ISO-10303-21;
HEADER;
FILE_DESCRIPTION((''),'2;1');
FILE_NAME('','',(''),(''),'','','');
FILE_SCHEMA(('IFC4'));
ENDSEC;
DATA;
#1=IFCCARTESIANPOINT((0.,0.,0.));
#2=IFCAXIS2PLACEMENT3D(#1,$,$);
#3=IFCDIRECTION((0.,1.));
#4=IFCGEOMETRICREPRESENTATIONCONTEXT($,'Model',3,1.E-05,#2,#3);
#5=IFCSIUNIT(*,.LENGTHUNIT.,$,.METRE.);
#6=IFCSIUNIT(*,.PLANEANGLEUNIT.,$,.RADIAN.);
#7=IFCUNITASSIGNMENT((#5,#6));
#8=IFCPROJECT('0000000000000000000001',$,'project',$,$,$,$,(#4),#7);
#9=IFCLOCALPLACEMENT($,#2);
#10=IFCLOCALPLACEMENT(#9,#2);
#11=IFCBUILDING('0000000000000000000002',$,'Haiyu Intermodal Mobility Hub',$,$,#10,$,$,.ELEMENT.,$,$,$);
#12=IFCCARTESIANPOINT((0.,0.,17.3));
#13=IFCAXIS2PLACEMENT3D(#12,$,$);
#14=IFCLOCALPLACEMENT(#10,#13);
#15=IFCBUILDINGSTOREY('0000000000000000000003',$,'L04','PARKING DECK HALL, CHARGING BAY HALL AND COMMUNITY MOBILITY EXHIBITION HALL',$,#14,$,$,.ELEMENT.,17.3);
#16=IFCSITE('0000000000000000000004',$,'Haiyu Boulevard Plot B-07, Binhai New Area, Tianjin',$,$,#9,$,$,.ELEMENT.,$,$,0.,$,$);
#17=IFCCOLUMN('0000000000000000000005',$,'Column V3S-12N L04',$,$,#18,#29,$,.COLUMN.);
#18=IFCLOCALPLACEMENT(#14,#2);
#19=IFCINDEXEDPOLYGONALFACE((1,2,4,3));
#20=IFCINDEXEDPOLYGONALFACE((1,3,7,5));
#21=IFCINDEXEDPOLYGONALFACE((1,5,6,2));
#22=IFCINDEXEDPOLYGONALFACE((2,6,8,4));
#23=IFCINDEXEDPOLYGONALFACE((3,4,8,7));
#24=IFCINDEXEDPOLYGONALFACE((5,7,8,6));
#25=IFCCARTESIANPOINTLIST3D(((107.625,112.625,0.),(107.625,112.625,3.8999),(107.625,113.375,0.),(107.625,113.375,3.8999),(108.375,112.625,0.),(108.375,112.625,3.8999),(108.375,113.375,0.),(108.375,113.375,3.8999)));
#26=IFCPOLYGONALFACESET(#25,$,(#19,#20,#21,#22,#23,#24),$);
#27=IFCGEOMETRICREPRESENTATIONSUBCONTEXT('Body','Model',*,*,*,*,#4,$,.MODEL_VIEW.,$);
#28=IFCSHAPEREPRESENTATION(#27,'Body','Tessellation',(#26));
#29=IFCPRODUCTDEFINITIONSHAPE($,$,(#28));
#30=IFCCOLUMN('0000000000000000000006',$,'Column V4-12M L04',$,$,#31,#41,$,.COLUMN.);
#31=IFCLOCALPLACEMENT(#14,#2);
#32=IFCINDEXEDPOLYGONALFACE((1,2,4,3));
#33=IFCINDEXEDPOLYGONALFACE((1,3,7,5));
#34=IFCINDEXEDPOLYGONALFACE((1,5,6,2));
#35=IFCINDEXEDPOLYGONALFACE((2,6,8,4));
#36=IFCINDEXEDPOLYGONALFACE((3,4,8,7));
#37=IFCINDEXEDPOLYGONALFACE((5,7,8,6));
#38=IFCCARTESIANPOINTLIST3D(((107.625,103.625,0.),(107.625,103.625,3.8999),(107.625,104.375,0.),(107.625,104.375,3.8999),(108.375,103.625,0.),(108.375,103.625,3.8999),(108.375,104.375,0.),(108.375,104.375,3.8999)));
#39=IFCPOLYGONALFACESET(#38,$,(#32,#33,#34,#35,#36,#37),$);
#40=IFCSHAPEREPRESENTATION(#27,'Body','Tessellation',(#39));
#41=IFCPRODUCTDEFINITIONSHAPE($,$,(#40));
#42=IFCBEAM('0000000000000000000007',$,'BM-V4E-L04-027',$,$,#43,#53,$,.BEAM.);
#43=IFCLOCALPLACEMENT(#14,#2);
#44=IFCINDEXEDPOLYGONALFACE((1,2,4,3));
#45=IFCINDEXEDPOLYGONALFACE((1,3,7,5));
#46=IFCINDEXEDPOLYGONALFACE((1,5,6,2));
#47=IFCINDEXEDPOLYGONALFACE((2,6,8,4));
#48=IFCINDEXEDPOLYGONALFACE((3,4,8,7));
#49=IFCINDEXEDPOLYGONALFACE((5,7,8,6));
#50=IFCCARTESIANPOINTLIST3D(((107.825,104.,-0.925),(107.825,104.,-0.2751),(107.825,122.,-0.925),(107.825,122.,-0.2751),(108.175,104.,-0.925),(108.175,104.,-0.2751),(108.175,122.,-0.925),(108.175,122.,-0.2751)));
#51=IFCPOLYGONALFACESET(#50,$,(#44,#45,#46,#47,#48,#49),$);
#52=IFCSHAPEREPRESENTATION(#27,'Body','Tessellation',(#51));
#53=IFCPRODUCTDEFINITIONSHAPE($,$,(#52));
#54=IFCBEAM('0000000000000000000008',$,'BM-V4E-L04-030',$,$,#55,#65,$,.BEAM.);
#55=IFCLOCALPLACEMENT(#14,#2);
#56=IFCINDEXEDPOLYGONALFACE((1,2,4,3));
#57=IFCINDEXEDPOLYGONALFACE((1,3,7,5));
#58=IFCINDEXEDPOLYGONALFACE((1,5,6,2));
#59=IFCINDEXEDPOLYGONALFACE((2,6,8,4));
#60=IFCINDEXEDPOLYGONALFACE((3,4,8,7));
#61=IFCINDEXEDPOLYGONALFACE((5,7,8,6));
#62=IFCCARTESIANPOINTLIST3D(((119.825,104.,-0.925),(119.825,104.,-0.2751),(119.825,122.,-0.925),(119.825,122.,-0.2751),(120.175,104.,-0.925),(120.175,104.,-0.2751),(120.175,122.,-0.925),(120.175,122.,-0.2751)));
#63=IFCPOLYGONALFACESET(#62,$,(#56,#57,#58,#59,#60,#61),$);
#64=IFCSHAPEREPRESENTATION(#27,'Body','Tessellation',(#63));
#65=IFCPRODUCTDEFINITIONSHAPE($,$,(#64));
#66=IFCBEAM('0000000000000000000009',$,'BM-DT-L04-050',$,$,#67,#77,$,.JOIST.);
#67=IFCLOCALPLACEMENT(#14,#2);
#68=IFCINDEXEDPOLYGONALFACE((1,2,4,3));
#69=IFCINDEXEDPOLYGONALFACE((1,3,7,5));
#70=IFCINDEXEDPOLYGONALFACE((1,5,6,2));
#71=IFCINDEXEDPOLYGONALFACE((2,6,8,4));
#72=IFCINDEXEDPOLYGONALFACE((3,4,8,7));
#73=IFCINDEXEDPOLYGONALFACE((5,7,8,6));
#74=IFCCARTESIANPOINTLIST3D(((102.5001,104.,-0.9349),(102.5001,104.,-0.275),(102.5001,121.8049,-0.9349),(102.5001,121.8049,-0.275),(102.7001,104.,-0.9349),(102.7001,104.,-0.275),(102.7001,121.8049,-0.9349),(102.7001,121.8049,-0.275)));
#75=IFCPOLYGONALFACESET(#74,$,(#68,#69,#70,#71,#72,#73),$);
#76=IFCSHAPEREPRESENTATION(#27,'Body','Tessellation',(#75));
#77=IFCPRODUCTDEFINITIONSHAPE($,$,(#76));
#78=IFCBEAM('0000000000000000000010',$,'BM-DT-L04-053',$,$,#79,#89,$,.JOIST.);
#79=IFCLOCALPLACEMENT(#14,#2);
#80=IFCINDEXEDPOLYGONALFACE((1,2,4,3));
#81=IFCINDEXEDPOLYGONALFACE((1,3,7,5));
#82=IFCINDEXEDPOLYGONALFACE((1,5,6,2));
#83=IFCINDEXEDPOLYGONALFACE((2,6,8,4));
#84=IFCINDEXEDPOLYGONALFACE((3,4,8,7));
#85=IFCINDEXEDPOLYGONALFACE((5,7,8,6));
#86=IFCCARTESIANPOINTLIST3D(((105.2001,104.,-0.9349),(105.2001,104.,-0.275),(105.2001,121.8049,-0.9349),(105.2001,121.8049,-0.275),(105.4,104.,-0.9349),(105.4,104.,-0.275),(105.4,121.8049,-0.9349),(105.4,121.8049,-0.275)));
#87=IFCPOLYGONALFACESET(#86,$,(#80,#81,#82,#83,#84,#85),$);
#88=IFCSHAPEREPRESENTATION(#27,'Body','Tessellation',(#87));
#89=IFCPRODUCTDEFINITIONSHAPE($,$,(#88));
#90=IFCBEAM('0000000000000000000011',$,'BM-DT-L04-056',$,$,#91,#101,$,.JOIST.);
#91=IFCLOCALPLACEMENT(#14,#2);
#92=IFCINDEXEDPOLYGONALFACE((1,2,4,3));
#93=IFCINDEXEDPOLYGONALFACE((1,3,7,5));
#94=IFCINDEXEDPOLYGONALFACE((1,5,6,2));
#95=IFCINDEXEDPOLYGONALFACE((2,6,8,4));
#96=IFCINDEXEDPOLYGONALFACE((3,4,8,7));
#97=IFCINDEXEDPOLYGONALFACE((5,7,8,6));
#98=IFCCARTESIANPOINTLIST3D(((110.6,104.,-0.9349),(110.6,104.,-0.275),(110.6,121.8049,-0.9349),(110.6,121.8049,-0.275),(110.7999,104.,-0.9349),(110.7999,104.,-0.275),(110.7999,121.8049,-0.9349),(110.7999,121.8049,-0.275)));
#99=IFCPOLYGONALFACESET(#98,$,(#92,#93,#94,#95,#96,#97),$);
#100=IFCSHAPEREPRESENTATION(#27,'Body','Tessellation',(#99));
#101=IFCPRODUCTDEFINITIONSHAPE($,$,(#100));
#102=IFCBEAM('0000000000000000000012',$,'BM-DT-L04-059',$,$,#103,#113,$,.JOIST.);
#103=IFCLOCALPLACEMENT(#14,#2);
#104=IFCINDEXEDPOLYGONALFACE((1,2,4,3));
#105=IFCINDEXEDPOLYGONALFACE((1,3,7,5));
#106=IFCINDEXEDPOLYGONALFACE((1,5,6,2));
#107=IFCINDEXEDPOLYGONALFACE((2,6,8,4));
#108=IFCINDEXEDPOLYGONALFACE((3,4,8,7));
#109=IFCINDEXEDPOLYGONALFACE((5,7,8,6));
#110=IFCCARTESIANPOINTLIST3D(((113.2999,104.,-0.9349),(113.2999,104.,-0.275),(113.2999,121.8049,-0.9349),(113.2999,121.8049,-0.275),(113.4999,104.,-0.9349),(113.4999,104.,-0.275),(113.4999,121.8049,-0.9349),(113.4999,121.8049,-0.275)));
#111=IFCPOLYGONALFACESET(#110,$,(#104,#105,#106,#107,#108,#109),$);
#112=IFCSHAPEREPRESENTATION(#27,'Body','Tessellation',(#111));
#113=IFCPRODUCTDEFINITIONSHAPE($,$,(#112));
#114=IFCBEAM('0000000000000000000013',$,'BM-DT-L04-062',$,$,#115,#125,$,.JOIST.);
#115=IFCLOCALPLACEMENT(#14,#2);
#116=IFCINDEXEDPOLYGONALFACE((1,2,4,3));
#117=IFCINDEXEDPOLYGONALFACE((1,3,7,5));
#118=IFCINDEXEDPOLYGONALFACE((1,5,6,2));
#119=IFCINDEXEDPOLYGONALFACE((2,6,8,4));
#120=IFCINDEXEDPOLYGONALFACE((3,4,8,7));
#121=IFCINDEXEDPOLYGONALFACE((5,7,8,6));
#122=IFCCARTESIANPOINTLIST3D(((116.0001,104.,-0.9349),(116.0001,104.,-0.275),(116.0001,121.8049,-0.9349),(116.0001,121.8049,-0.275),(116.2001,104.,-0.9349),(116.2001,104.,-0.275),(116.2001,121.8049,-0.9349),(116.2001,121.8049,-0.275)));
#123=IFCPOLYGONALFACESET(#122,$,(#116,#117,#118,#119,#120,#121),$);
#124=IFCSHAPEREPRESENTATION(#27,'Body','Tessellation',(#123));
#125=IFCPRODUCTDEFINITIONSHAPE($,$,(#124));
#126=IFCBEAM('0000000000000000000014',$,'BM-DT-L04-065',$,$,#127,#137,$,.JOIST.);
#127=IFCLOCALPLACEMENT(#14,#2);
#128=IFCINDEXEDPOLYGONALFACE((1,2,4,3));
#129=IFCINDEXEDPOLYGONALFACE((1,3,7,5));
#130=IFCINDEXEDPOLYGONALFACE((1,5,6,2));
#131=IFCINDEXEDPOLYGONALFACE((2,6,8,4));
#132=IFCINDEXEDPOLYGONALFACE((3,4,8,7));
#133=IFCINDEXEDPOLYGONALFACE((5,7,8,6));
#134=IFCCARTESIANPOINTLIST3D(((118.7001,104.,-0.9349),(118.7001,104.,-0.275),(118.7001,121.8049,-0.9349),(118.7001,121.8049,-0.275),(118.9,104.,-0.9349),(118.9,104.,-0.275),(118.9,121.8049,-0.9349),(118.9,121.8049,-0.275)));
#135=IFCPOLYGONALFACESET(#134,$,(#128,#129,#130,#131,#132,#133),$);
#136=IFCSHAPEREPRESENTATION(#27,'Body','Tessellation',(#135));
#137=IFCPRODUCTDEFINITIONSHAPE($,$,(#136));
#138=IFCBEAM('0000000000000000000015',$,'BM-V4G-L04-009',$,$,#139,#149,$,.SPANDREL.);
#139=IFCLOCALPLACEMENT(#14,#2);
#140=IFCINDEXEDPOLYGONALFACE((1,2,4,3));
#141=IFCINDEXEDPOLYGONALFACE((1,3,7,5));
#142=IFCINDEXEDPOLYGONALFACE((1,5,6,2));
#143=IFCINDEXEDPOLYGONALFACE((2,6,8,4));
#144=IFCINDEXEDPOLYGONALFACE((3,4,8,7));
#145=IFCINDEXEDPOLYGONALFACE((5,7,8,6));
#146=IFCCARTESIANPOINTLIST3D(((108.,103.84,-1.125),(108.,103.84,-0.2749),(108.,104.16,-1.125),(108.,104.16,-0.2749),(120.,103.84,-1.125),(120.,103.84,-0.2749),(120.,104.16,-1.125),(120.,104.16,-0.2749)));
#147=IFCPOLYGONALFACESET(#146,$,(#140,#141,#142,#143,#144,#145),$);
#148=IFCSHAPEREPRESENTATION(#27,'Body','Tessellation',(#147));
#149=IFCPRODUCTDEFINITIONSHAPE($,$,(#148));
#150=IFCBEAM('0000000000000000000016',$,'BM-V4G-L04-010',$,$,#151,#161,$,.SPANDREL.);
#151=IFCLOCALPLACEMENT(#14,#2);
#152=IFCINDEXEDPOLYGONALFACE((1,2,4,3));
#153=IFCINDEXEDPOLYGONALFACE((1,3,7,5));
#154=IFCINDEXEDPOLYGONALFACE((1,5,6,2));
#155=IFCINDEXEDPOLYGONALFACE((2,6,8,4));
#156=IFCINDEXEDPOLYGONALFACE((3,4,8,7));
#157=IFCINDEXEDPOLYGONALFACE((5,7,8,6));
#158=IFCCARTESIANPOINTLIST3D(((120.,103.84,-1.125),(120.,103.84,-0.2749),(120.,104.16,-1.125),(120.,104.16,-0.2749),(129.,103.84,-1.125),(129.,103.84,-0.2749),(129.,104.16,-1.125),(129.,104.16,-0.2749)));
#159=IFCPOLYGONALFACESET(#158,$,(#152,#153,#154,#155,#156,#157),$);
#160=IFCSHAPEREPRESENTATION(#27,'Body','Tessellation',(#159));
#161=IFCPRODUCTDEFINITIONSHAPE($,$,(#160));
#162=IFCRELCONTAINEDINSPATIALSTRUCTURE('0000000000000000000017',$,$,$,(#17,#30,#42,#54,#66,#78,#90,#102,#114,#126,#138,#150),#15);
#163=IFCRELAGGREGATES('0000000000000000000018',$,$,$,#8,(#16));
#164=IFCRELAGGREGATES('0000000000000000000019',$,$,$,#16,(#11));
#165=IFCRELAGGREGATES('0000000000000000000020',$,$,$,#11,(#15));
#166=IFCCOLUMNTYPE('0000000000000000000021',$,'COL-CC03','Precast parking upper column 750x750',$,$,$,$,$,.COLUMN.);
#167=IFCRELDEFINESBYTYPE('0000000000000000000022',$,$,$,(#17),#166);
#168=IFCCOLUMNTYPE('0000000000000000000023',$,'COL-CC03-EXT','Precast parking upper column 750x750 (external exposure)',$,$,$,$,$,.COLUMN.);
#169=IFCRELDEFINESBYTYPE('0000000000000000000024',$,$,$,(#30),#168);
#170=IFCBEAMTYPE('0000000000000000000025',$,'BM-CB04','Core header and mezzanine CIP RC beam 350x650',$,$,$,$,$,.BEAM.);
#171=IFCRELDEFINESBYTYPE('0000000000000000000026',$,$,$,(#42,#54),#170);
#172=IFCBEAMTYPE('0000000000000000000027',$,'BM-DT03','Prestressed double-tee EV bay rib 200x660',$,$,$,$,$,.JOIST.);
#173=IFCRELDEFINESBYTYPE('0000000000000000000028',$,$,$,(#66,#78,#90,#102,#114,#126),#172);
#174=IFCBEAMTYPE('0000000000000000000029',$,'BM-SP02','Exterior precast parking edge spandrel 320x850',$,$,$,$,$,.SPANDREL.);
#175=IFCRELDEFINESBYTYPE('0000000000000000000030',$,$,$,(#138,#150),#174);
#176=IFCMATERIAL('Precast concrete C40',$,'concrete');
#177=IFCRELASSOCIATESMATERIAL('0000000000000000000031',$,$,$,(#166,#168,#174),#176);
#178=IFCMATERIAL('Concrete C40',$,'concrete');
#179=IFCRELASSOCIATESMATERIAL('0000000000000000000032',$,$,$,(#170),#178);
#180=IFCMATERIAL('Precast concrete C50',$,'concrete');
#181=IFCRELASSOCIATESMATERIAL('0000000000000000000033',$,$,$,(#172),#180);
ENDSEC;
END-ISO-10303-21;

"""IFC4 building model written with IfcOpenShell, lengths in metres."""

from ifc_helpers import new_model, si_unit, direction, frame, origin, origin_2d, place, context, subcontext, project, spatial, rectangle, extrude, material, material_profile, profile_set, type_object, element, save


model = new_model("IFC4")

# Units and contexts
model_context = context("Model", 3, precision=1e-05, world=origin(), true_north=direction((0.0, 1.0)))
body_context = subcontext(model_context, "Body", "Model", "MODEL_VIEW")
ifc_project = project(units=[si_unit("LENGTHUNIT", "METRE"), si_unit("PLANEANGLEUNIT", "RADIAN")], contexts=[model_context])

# Site, building, storey
site_placement = place(None, origin())
site = spatial("IfcSite", under=ifc_project, at=site_placement, Name="Haiyu Boulevard Plot B-07, Binhai New Area, Tianjin", CompositionType="ELEMENT", RefElevation=0.0)
building_placement = place(site_placement, origin())
building = spatial("IfcBuilding", under=site, at=building_placement, Name="Haiyu Intermodal Mobility Hub", CompositionType="ELEMENT")
storey_placement = place(building_placement, frame((0.0, 0.0, 17.3)))
storey = spatial("IfcBuildingStorey", under=building, at=storey_placement, Name="L04", Description="PARKING DECK HALL, CHARGING BAY HALL AND COMMUNITY MOBILITY EXHIBITION HALL", CompositionType="ELEMENT", Elevation=17.3)

# Columns
ifc_material_1 = material(Name="Precast concrete C40", Category="concrete")
ifc_material_profile_1 = material_profile(ifc_material_1, rectangle(XDim=0.75, YDim=0.75, at=origin_2d()), Name="RC750x750")
ifc_profile_set_1 = profile_set([ifc_material_profile_1], Name="Precast concrete C40")
column_type_1 = type_object("IfcColumnType", Name="COL-CC03", Description="Precast parking upper column 750x750", PredefinedType="COLUMN", material=ifc_profile_set_1)
column_1_placement = place(storey_placement, frame((108.0, 113.0, 0.0), z_axis=(0.0, 0.0, 1.0), x_axis=(1.0, 0.0, 0.0)))
element("IfcColumn", 1, at=column_1_placement, inside=storey, type_object=column_type_1, Name="Column V3S-12N L04", PredefinedType="COLUMN", context=body_context, shape_type="SweptSolid", body=[
    extrude(rectangle(XDim=0.75, YDim=0.75, at=origin_2d()), origin(), (0.0, 0.0, 1.0), 3.8999),
])
ifc_material_profile_2 = material_profile(ifc_material_1, rectangle(XDim=0.75, YDim=0.75, at=origin_2d()), Name="RC750x750")
ifc_profile_set_2 = profile_set([ifc_material_profile_2], Name="Precast concrete C40")
column_type_2 = type_object("IfcColumnType", Name="COL-CC03-EXT", Description="Precast parking upper column 750x750 (external exposure)", PredefinedType="COLUMN", material=ifc_profile_set_2)
column_2_placement = place(storey_placement, frame((108.0, 104.0, 0.0), z_axis=(0.0, 0.0, 1.0), x_axis=(1.0, 0.0, 0.0)))
element("IfcColumn", 2, at=column_2_placement, inside=storey, type_object=column_type_2, Name="Column V4-12M L04", PredefinedType="COLUMN", context=body_context, shape_type="SweptSolid", body=[
    extrude(rectangle(XDim=0.75, YDim=0.75, at=origin_2d()), origin(), (0.0, 0.0, 1.0), 3.8999),
])

# Beams
ifc_material_2 = material(Name="Concrete C40", Category="concrete")
ifc_material_profile_3 = material_profile(ifc_material_2, rectangle(XDim=0.3501, YDim=0.6499, at=origin_2d()), Name="RCB350x650")
ifc_profile_set_3 = profile_set([ifc_material_profile_3], Name="Concrete C40")
beam_type_1 = type_object("IfcBeamType", Name="BM-CB04", Description="Core header and mezzanine CIP RC beam 350x650", PredefinedType="BEAM", material=ifc_profile_set_3)
for number, where, z_axis, x_axis, name in (
    (3, (108.0, 104.0, -0.6001), (0.0, 1.0, 0.0), (-1.0, 0.0, 0.0), "BM-V4E-L04-027"),
    (4, (120.0, 104.0, -0.6001), (0.0, 1.0, 0.0), (-1.0, 0.0, 0.0), "BM-V4E-L04-030"),
):
    element("IfcBeam", number, at=place(storey_placement, frame(where, z_axis=z_axis, x_axis=x_axis)), inside=storey, type_object=beam_type_1, Name=name, PredefinedType="BEAM", context=body_context, shape_type="SweptSolid", body=[
        extrude(rectangle(XDim=0.3501, YDim=0.6499, at=origin_2d()), origin(), (0.0, 0.0, 1.0), 18.0),
    ])
ifc_material_3 = material(Name="Precast concrete C50", Category="concrete")
ifc_material_profile_4 = material_profile(ifc_material_3, rectangle(XDim=0.2, YDim=0.6599, at=origin_2d()), Name="PC200x660")
ifc_profile_set_4 = profile_set([ifc_material_profile_4], Name="Precast concrete C50")
beam_type_2 = type_object("IfcBeamType", Name="BM-DT03", Description="Prestressed double-tee EV bay rib 200x660", PredefinedType="JOIST", material=ifc_profile_set_4)
for number, where, z_axis, x_axis, name in (
    (5, (102.6001, 104.0, -0.605), (0.0, 1.0, 0.0), (-1.0, 0.0, 0.0), "BM-DT-L04-050"),
    (6, (105.3, 104.0, -0.605), (0.0, 1.0, 0.0), (-1.0, 0.0, 0.0), "BM-DT-L04-053"),
    (7, (110.7, 104.0, -0.605), (0.0, 1.0, 0.0), (-1.0, 0.0, 0.0), "BM-DT-L04-056"),
    (8, (113.3999, 104.0, -0.605), (0.0, 1.0, 0.0), (-1.0, 0.0, 0.0), "BM-DT-L04-059"),
    (9, (116.1001, 104.0, -0.605), (0.0, 1.0, 0.0), (-1.0, 0.0, 0.0), "BM-DT-L04-062"),
    (10, (118.8, 104.0, -0.605), (0.0, 1.0, 0.0), (-1.0, 0.0, 0.0), "BM-DT-L04-065"),
):
    element("IfcBeam", number, at=place(storey_placement, frame(where, z_axis=z_axis, x_axis=x_axis)), inside=storey, type_object=beam_type_2, Name=name, PredefinedType="JOIST", context=body_context, shape_type="SweptSolid", body=[
        extrude(rectangle(XDim=0.2, YDim=0.6599, at=origin_2d()), origin(), (0.0, 0.0, 1.0), 17.8049),
    ])
ifc_material_profile_5 = material_profile(ifc_material_1, rectangle(XDim=0.3201, YDim=0.8501, at=origin_2d()), Name="PC320x850")
ifc_profile_set_5 = profile_set([ifc_material_profile_5], Name="Precast concrete C40")
beam_type_3 = type_object("IfcBeamType", Name="BM-SP02", Description="Exterior precast parking edge spandrel 320x850", PredefinedType="SPANDREL", material=ifc_profile_set_5)
beam_1_placement = place(storey_placement, frame((108.0, 104.0, -0.7), z_axis=(1.0, 0.0, 0.0), x_axis=(0.0, 1.0, 0.0)))
element("IfcBeam", 11, at=beam_1_placement, inside=storey, type_object=beam_type_3, Name="BM-V4G-L04-009", PredefinedType="SPANDREL", context=body_context, shape_type="SweptSolid", body=[
    extrude(rectangle(XDim=0.3201, YDim=0.8501, at=origin_2d()), origin(), (0.0, 0.0, 1.0), 12.0),
])
beam_2_placement = place(storey_placement, frame((120.0, 104.0, -0.7), z_axis=(1.0, 0.0, 0.0), x_axis=(0.0, 1.0, 0.0)))
element("IfcBeam", 12, at=beam_2_placement, inside=storey, type_object=beam_type_3, Name="BM-V4G-L04-010", PredefinedType="SPANDREL", context=body_context, shape_type="SweptSolid", body=[
    extrude(rectangle(XDim=0.3201, YDim=0.8501, at=origin_2d()), origin(), (0.0, 0.0, 1.0), 9.0),
])

save(model, "model.ifc")
